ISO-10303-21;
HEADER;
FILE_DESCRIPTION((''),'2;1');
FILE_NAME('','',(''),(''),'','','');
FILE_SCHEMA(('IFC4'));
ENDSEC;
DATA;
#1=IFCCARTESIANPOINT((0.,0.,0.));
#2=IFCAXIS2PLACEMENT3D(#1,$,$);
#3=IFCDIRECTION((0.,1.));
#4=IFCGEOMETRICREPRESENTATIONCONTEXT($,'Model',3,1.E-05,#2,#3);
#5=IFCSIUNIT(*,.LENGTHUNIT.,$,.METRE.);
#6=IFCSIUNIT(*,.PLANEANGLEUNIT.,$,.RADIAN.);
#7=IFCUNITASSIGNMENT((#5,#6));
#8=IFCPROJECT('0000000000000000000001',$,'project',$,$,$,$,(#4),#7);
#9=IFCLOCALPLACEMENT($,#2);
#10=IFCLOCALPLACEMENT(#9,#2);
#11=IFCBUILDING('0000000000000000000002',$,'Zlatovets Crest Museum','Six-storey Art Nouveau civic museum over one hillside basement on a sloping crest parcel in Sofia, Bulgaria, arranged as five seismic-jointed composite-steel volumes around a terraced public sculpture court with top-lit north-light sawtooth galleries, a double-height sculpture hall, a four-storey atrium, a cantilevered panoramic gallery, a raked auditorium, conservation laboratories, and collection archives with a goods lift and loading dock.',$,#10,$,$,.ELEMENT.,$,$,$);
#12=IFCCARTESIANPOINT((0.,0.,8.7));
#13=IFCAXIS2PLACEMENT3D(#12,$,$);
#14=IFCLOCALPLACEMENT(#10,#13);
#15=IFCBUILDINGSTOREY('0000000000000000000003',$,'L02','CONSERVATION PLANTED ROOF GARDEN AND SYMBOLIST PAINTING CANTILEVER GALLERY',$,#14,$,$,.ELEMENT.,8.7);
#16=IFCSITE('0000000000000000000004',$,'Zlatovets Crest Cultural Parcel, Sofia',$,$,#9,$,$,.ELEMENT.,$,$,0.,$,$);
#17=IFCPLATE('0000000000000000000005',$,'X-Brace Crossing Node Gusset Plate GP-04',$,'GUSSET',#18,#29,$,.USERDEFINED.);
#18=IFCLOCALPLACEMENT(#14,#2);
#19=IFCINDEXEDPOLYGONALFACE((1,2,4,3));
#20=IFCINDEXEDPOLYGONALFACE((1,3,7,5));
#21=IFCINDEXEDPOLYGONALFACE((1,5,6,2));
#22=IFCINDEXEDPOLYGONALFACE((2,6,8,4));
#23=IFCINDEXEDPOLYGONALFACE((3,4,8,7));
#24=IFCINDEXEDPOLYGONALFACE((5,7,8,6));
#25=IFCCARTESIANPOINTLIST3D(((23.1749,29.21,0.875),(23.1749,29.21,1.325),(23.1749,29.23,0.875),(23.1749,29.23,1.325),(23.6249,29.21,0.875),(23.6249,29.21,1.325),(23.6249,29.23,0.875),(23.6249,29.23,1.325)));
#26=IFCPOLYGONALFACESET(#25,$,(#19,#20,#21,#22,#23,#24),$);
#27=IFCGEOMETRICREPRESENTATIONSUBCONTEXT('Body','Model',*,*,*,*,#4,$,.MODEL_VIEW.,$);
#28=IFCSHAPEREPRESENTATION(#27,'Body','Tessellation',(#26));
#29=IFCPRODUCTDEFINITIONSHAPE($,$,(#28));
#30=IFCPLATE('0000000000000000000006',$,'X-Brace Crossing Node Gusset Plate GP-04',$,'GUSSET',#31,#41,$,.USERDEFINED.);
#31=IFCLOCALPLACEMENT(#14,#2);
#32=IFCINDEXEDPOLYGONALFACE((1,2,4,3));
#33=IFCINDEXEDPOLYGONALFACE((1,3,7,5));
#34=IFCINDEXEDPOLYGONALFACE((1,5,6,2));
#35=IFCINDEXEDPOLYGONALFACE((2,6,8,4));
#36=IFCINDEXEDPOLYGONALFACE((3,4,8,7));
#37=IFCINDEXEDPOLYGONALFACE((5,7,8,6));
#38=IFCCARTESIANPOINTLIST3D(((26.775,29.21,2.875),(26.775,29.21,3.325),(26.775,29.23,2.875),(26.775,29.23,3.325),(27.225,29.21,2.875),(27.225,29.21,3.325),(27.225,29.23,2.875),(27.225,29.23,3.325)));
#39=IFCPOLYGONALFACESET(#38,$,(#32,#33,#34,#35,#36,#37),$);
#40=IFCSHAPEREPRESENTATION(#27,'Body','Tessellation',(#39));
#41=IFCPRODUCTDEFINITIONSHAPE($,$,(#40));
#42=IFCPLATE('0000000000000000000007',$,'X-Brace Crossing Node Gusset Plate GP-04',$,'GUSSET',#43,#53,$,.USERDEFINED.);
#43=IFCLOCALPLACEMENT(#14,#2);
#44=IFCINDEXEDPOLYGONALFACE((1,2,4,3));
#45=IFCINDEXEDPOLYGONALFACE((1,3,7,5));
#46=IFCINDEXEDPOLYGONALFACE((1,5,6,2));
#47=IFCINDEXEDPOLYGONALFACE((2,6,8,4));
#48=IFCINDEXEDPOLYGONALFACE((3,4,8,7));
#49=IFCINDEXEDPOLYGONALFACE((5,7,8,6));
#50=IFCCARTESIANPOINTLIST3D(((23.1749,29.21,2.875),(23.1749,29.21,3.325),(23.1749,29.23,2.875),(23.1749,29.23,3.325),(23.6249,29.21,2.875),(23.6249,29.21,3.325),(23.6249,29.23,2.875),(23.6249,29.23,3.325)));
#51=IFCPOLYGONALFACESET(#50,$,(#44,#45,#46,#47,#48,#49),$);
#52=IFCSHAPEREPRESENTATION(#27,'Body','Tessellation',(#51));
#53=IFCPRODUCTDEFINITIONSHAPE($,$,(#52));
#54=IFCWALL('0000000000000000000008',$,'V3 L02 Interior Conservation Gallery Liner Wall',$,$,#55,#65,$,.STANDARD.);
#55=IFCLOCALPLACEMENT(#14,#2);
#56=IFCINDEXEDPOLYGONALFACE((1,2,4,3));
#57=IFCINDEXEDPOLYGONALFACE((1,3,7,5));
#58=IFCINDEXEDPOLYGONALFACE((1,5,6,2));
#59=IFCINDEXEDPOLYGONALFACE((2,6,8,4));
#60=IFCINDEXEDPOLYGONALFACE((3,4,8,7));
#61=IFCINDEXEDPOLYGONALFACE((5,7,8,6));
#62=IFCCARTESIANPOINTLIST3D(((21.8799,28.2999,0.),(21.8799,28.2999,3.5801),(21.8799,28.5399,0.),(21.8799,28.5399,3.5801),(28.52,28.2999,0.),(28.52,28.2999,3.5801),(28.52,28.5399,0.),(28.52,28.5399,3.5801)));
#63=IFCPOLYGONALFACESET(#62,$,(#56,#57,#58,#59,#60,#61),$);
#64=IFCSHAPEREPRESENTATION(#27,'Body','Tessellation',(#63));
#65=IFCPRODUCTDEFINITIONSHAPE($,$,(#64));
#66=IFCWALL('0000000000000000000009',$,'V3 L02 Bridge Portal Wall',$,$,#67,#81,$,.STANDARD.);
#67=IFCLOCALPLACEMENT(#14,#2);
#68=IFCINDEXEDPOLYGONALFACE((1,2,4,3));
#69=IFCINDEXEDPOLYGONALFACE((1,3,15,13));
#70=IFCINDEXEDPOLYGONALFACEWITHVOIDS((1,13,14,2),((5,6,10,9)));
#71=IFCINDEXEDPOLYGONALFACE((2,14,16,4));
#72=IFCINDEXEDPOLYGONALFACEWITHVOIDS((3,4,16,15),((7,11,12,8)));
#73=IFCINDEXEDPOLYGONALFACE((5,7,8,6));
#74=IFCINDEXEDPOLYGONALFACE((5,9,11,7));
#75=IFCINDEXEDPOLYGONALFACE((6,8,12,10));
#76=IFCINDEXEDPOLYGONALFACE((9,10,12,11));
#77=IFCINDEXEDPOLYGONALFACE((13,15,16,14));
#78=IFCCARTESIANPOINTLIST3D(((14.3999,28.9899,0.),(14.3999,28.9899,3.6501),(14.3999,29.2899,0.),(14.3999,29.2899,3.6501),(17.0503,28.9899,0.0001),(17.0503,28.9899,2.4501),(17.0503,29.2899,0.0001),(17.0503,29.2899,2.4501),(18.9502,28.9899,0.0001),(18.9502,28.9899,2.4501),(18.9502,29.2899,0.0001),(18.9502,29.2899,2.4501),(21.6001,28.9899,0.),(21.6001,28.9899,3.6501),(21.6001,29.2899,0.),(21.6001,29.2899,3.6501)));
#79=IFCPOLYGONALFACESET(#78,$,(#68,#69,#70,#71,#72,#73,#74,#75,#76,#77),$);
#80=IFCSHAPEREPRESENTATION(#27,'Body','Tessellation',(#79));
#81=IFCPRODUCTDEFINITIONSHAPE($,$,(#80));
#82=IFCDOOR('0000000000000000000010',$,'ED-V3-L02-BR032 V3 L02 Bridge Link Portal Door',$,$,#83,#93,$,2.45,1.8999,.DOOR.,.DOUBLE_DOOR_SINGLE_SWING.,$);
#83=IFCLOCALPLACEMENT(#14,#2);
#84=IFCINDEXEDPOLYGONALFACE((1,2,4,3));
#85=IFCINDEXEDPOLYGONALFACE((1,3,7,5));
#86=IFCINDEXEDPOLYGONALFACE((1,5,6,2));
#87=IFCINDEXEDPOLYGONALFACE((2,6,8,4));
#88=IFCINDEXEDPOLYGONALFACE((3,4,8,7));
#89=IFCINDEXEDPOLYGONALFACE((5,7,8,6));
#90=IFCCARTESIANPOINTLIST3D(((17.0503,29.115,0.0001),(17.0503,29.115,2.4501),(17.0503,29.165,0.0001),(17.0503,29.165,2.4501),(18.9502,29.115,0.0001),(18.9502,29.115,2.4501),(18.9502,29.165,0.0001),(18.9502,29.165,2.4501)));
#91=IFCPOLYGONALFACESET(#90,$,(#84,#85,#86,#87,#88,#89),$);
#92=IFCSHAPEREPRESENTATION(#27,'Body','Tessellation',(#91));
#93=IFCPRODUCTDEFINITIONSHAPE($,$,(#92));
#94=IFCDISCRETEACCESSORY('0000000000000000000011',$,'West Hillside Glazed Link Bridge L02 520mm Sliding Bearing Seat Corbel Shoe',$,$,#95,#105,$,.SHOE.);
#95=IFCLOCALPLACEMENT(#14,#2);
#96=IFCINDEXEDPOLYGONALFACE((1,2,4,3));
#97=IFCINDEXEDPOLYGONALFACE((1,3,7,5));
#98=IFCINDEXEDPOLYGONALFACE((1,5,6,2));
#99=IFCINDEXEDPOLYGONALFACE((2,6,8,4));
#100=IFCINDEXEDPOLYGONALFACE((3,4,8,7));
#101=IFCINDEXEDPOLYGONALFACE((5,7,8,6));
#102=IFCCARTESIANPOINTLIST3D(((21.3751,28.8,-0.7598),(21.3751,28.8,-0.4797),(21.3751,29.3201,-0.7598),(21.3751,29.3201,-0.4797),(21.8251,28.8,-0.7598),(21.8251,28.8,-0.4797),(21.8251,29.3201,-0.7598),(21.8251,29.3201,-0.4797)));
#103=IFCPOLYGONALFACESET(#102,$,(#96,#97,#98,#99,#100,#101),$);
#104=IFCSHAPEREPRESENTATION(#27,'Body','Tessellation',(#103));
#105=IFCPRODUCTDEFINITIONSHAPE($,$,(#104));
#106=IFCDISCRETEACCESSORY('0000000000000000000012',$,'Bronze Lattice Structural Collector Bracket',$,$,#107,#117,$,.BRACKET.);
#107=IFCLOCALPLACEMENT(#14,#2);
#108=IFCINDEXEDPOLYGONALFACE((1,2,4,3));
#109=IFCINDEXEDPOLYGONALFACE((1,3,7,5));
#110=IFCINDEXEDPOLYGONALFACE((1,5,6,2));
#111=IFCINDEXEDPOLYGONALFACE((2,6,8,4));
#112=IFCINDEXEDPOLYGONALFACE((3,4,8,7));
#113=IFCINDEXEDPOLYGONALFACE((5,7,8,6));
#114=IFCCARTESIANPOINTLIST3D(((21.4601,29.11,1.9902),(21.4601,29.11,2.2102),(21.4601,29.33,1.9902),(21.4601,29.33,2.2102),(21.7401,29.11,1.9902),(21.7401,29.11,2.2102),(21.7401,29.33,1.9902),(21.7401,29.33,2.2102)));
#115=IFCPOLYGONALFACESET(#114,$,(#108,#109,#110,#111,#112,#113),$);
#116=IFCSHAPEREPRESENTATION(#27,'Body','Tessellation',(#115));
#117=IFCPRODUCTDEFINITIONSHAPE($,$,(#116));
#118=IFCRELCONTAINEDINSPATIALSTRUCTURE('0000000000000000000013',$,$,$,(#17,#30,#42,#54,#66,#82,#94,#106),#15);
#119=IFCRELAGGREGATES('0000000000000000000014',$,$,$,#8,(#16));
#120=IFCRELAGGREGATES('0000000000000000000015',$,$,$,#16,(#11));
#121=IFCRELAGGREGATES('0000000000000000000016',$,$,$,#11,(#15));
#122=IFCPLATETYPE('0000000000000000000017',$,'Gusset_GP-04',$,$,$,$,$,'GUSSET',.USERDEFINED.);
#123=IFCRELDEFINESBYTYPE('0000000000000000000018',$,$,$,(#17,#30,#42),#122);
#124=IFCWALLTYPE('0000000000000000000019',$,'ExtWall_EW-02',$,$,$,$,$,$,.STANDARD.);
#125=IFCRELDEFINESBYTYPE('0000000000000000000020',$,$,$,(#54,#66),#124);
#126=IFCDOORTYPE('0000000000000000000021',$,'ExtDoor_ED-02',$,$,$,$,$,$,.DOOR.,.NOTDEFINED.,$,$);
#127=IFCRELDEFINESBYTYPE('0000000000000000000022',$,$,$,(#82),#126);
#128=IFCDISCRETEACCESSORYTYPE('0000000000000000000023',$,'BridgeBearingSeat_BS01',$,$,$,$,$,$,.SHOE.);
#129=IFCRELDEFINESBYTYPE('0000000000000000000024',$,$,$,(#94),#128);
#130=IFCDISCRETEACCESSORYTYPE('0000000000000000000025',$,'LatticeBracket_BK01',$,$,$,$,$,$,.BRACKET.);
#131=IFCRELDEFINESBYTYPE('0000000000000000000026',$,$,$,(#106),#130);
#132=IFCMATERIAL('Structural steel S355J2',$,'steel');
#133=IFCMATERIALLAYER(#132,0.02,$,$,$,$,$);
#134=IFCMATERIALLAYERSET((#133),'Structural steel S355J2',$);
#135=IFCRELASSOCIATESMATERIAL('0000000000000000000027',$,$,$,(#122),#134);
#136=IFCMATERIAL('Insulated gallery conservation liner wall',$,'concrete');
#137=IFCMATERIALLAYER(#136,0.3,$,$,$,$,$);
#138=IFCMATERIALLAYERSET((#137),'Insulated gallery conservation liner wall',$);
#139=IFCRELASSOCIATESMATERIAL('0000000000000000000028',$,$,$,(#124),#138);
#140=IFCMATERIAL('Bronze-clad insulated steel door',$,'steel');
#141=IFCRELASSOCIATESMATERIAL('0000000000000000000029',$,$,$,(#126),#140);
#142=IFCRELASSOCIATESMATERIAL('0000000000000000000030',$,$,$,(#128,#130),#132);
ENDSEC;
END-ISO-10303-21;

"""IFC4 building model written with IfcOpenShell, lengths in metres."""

from ifc_helpers import new_model, si_unit, direction, frame, frame_2d, origin, origin_2d, place, context, subcontext, project, spatial, rectangle, extrude, material, layer, layer_set, type_object, element, fill, save


model = new_model("IFC4")

# Units and contexts
model_context = context("Model", 3, precision=1e-05, world=origin(), true_north=direction((0.0, 1.0)))
body_context = subcontext(model_context, "Body", "Model", "MODEL_VIEW")
ifc_project = project(units=[si_unit("LENGTHUNIT", "METRE"), si_unit("PLANEANGLEUNIT", "RADIAN")], contexts=[model_context])

# Site, building, storey
site_placement = place(None, origin())
site = spatial("IfcSite", under=ifc_project, at=site_placement, Name="Zlatovets Crest Cultural Parcel, Sofia", CompositionType="ELEMENT", RefElevation=0.0)
building_placement = place(site_placement, origin())
building = spatial("IfcBuilding", under=site, at=building_placement, Name="Zlatovets Crest Museum", Description="Six-storey Art Nouveau civic museum over one hillside basement on a sloping crest parcel in Sofia, Bulgaria, arranged as five seismic-jointed composite-steel volumes around a terraced public sculpture court with top-lit north-light sawtooth galleries, a double-height sculpture hall, a four-storey atrium, a cantilevered panoramic gallery, a raked auditorium, conservation laboratories, and collection archives with a goods lift and loading dock.", CompositionType="ELEMENT")
storey_placement = place(building_placement, frame((0.0, 0.0, 8.7)))
storey = spatial("IfcBuildingStorey", under=building, at=storey_placement, Name="L02", Description="CONSERVATION PLANTED ROOF GARDEN AND SYMBOLIST PAINTING CANTILEVER GALLERY", CompositionType="ELEMENT", Elevation=8.7)

# Shared definitions
ifc_material_1 = material(Name="Structural steel S355J2", Category="steel")

# Plates
ifc_layer_1 = layer(ifc_material_1, 0.02)
ifc_layer_set_1 = layer_set([ifc_layer_1], Name="Structural steel S355J2")
plate_type_1 = type_object("IfcPlateType", Name="Gusset_GP-04", ElementType="GUSSET", PredefinedType="USERDEFINED", material=ifc_layer_set_1)
for number, where, z_axis, x_axis, name in (
    (1, (23.3999, 29.22, 0.875), (0.0, 0.0, 1.0), (1.0, 0.0, 0.0), "X-Brace Crossing Node Gusset Plate GP-04"),
    (2, (27.0, 29.22, 2.875), (0.0, 0.0, 1.0), (1.0, 0.0, 0.0), "X-Brace Crossing Node Gusset Plate GP-04"),
    (3, (23.3999, 29.22, 2.875), (0.0, 0.0, 1.0), (1.0, 0.0, 0.0), "X-Brace Crossing Node Gusset Plate GP-04"),
):
    element("IfcPlate", number, at=place(storey_placement, frame(where, z_axis=z_axis, x_axis=x_axis)), inside=storey, type_object=plate_type_1, Name=name, ObjectType="GUSSET", PredefinedType="USERDEFINED", context=body_context, shape_type="SweptSolid", body=[
        extrude(rectangle(XDim=0.45, YDim=0.02, at=origin_2d()), origin(), (0.0, 0.0, 1.0), 0.45),
    ])

# Wall
ifc_material_2 = material(Name="Insulated gallery conservation liner wall", Category="concrete")
ifc_layer_2 = layer(ifc_material_2, 0.3)
ifc_layer_set_2 = layer_set([ifc_layer_2], Name="Insulated gallery conservation liner wall")
wall_type = type_object("IfcWallType", Name="ExtWall_EW-02", PredefinedType="STANDARD", material=ifc_layer_set_2)
wall_1_placement = place(storey_placement, frame((28.52, 28.4199, 0.0), z_axis=(0.0, 0.0, 1.0), x_axis=(-1.0, 0.0, 0.0)))
element("IfcWall", 4, at=wall_1_placement, inside=storey, type_object=wall_type, Name="V3 L02 Interior Conservation Gallery Liner Wall", PredefinedType="STANDARD", context=body_context, shape_type="SweptSolid", body=[
    extrude(rectangle(XDim=6.6401, YDim=0.24, at=frame_2d((3.3201, 0.0))), origin(), (0.0, 0.0, 1.0), 3.5801),
])

# Wall, opening, door
wall_2_placement = place(storey_placement, frame((21.6001, 29.1399, 0.0), z_axis=(0.0, 0.0, 1.0), x_axis=(-1.0, 0.0, 0.0)))
wall_2 = element("IfcWall", 5, at=wall_2_placement, inside=storey, type_object=wall_type, Name="V3 L02 Bridge Portal Wall", PredefinedType="STANDARD", context=body_context, shape_type="SweptSolid", body=[
    extrude(rectangle(XDim=7.2002, YDim=0.3, at=frame_2d((3.6001, 0.0))), origin(), (0.0, 0.0, 1.0), 3.6501),
])
opening_placement = place(wall_2_placement, frame((2.6499, 0.0, 0.0)))
opening = element("IfcOpeningElement", 6, at=opening_placement, cuts=wall_2, PredefinedType="OPENING", context=body_context, shape_type="SweptSolid", body=[
    extrude(rectangle(XDim=1.8999, YDim=2.45, at=frame_2d((0.95, 1.2251))), frame((0.0, 0.1602, 0.0), z_axis=(0.0, -1.0, 0.0), x_axis=(1.0, 0.0, 0.0)), (0.0, 0.0, 1.0), 0.3201),
])
ifc_material_3 = material(Name="Bronze-clad insulated steel door", Category="steel")
door_type = type_object("IfcDoorType", Name="ExtDoor_ED-02", OperationType="NOTDEFINED", PredefinedType="DOOR", material=ifc_material_3)
door_placement = place(opening_placement, origin())
door = element("IfcDoor", 7, at=door_placement, inside=storey, type_object=door_type, Name="ED-V3-L02-BR032 V3 L02 Bridge Link Portal Door", OperationType="DOUBLE_DOOR_SINGLE_SWING", OverallHeight=2.45, OverallWidth=1.8999, PredefinedType="DOOR", context=body_context, shape_type="SweptSolid", body=[
    extrude(rectangle(XDim=1.8999, YDim=2.45, at=frame_2d((0.95, 1.2251))), frame((0.0, 0.0249, 0.0), z_axis=(0.0, -1.0, 0.0), x_axis=(1.0, 0.0, 0.0)), (0.0, 0.0, 1.0), 0.05),
])
fill(opening, door)

# Discrete accessories
discrete_accessory_type_1 = type_object("IfcDiscreteAccessoryType", Name="BridgeBearingSeat_BS01", PredefinedType="SHOE", material=ifc_material_1)
discrete_accessory_1_placement = place(storey_placement, frame((21.6001, 29.0601, -0.7598), z_axis=(0.0, 0.0, 1.0), x_axis=(1.0, 0.0, 0.0)))
element("IfcDiscreteAccessory", 8, at=discrete_accessory_1_placement, inside=storey, type_object=discrete_accessory_type_1, Name="West Hillside Glazed Link Bridge L02 520mm Sliding Bearing Seat Corbel Shoe", PredefinedType="SHOE", context=body_context, shape_type="SweptSolid", body=[
    extrude(rectangle(XDim=0.45, YDim=0.52, at=origin_2d()), origin(), (0.0, 0.0, 1.0), 0.28),
])
discrete_accessory_type_2 = type_object("IfcDiscreteAccessoryType", Name="LatticeBracket_BK01", PredefinedType="BRACKET", material=ifc_material_1)
discrete_accessory_2_placement = place(storey_placement, frame((21.6001, 29.22, 1.9902), z_axis=(0.0, 0.0, 1.0), x_axis=(1.0, 0.0, 0.0)))
element("IfcDiscreteAccessory", 9, at=discrete_accessory_2_placement, inside=storey, type_object=discrete_accessory_type_2, Name="Bronze Lattice Structural Collector Bracket", PredefinedType="BRACKET", context=body_context, shape_type="SweptSolid", body=[
    extrude(rectangle(XDim=0.28, YDim=0.22, at=origin_2d()), origin(), (0.0, 0.0, 1.0), 0.22),
])

save(model, "model.ifc")
